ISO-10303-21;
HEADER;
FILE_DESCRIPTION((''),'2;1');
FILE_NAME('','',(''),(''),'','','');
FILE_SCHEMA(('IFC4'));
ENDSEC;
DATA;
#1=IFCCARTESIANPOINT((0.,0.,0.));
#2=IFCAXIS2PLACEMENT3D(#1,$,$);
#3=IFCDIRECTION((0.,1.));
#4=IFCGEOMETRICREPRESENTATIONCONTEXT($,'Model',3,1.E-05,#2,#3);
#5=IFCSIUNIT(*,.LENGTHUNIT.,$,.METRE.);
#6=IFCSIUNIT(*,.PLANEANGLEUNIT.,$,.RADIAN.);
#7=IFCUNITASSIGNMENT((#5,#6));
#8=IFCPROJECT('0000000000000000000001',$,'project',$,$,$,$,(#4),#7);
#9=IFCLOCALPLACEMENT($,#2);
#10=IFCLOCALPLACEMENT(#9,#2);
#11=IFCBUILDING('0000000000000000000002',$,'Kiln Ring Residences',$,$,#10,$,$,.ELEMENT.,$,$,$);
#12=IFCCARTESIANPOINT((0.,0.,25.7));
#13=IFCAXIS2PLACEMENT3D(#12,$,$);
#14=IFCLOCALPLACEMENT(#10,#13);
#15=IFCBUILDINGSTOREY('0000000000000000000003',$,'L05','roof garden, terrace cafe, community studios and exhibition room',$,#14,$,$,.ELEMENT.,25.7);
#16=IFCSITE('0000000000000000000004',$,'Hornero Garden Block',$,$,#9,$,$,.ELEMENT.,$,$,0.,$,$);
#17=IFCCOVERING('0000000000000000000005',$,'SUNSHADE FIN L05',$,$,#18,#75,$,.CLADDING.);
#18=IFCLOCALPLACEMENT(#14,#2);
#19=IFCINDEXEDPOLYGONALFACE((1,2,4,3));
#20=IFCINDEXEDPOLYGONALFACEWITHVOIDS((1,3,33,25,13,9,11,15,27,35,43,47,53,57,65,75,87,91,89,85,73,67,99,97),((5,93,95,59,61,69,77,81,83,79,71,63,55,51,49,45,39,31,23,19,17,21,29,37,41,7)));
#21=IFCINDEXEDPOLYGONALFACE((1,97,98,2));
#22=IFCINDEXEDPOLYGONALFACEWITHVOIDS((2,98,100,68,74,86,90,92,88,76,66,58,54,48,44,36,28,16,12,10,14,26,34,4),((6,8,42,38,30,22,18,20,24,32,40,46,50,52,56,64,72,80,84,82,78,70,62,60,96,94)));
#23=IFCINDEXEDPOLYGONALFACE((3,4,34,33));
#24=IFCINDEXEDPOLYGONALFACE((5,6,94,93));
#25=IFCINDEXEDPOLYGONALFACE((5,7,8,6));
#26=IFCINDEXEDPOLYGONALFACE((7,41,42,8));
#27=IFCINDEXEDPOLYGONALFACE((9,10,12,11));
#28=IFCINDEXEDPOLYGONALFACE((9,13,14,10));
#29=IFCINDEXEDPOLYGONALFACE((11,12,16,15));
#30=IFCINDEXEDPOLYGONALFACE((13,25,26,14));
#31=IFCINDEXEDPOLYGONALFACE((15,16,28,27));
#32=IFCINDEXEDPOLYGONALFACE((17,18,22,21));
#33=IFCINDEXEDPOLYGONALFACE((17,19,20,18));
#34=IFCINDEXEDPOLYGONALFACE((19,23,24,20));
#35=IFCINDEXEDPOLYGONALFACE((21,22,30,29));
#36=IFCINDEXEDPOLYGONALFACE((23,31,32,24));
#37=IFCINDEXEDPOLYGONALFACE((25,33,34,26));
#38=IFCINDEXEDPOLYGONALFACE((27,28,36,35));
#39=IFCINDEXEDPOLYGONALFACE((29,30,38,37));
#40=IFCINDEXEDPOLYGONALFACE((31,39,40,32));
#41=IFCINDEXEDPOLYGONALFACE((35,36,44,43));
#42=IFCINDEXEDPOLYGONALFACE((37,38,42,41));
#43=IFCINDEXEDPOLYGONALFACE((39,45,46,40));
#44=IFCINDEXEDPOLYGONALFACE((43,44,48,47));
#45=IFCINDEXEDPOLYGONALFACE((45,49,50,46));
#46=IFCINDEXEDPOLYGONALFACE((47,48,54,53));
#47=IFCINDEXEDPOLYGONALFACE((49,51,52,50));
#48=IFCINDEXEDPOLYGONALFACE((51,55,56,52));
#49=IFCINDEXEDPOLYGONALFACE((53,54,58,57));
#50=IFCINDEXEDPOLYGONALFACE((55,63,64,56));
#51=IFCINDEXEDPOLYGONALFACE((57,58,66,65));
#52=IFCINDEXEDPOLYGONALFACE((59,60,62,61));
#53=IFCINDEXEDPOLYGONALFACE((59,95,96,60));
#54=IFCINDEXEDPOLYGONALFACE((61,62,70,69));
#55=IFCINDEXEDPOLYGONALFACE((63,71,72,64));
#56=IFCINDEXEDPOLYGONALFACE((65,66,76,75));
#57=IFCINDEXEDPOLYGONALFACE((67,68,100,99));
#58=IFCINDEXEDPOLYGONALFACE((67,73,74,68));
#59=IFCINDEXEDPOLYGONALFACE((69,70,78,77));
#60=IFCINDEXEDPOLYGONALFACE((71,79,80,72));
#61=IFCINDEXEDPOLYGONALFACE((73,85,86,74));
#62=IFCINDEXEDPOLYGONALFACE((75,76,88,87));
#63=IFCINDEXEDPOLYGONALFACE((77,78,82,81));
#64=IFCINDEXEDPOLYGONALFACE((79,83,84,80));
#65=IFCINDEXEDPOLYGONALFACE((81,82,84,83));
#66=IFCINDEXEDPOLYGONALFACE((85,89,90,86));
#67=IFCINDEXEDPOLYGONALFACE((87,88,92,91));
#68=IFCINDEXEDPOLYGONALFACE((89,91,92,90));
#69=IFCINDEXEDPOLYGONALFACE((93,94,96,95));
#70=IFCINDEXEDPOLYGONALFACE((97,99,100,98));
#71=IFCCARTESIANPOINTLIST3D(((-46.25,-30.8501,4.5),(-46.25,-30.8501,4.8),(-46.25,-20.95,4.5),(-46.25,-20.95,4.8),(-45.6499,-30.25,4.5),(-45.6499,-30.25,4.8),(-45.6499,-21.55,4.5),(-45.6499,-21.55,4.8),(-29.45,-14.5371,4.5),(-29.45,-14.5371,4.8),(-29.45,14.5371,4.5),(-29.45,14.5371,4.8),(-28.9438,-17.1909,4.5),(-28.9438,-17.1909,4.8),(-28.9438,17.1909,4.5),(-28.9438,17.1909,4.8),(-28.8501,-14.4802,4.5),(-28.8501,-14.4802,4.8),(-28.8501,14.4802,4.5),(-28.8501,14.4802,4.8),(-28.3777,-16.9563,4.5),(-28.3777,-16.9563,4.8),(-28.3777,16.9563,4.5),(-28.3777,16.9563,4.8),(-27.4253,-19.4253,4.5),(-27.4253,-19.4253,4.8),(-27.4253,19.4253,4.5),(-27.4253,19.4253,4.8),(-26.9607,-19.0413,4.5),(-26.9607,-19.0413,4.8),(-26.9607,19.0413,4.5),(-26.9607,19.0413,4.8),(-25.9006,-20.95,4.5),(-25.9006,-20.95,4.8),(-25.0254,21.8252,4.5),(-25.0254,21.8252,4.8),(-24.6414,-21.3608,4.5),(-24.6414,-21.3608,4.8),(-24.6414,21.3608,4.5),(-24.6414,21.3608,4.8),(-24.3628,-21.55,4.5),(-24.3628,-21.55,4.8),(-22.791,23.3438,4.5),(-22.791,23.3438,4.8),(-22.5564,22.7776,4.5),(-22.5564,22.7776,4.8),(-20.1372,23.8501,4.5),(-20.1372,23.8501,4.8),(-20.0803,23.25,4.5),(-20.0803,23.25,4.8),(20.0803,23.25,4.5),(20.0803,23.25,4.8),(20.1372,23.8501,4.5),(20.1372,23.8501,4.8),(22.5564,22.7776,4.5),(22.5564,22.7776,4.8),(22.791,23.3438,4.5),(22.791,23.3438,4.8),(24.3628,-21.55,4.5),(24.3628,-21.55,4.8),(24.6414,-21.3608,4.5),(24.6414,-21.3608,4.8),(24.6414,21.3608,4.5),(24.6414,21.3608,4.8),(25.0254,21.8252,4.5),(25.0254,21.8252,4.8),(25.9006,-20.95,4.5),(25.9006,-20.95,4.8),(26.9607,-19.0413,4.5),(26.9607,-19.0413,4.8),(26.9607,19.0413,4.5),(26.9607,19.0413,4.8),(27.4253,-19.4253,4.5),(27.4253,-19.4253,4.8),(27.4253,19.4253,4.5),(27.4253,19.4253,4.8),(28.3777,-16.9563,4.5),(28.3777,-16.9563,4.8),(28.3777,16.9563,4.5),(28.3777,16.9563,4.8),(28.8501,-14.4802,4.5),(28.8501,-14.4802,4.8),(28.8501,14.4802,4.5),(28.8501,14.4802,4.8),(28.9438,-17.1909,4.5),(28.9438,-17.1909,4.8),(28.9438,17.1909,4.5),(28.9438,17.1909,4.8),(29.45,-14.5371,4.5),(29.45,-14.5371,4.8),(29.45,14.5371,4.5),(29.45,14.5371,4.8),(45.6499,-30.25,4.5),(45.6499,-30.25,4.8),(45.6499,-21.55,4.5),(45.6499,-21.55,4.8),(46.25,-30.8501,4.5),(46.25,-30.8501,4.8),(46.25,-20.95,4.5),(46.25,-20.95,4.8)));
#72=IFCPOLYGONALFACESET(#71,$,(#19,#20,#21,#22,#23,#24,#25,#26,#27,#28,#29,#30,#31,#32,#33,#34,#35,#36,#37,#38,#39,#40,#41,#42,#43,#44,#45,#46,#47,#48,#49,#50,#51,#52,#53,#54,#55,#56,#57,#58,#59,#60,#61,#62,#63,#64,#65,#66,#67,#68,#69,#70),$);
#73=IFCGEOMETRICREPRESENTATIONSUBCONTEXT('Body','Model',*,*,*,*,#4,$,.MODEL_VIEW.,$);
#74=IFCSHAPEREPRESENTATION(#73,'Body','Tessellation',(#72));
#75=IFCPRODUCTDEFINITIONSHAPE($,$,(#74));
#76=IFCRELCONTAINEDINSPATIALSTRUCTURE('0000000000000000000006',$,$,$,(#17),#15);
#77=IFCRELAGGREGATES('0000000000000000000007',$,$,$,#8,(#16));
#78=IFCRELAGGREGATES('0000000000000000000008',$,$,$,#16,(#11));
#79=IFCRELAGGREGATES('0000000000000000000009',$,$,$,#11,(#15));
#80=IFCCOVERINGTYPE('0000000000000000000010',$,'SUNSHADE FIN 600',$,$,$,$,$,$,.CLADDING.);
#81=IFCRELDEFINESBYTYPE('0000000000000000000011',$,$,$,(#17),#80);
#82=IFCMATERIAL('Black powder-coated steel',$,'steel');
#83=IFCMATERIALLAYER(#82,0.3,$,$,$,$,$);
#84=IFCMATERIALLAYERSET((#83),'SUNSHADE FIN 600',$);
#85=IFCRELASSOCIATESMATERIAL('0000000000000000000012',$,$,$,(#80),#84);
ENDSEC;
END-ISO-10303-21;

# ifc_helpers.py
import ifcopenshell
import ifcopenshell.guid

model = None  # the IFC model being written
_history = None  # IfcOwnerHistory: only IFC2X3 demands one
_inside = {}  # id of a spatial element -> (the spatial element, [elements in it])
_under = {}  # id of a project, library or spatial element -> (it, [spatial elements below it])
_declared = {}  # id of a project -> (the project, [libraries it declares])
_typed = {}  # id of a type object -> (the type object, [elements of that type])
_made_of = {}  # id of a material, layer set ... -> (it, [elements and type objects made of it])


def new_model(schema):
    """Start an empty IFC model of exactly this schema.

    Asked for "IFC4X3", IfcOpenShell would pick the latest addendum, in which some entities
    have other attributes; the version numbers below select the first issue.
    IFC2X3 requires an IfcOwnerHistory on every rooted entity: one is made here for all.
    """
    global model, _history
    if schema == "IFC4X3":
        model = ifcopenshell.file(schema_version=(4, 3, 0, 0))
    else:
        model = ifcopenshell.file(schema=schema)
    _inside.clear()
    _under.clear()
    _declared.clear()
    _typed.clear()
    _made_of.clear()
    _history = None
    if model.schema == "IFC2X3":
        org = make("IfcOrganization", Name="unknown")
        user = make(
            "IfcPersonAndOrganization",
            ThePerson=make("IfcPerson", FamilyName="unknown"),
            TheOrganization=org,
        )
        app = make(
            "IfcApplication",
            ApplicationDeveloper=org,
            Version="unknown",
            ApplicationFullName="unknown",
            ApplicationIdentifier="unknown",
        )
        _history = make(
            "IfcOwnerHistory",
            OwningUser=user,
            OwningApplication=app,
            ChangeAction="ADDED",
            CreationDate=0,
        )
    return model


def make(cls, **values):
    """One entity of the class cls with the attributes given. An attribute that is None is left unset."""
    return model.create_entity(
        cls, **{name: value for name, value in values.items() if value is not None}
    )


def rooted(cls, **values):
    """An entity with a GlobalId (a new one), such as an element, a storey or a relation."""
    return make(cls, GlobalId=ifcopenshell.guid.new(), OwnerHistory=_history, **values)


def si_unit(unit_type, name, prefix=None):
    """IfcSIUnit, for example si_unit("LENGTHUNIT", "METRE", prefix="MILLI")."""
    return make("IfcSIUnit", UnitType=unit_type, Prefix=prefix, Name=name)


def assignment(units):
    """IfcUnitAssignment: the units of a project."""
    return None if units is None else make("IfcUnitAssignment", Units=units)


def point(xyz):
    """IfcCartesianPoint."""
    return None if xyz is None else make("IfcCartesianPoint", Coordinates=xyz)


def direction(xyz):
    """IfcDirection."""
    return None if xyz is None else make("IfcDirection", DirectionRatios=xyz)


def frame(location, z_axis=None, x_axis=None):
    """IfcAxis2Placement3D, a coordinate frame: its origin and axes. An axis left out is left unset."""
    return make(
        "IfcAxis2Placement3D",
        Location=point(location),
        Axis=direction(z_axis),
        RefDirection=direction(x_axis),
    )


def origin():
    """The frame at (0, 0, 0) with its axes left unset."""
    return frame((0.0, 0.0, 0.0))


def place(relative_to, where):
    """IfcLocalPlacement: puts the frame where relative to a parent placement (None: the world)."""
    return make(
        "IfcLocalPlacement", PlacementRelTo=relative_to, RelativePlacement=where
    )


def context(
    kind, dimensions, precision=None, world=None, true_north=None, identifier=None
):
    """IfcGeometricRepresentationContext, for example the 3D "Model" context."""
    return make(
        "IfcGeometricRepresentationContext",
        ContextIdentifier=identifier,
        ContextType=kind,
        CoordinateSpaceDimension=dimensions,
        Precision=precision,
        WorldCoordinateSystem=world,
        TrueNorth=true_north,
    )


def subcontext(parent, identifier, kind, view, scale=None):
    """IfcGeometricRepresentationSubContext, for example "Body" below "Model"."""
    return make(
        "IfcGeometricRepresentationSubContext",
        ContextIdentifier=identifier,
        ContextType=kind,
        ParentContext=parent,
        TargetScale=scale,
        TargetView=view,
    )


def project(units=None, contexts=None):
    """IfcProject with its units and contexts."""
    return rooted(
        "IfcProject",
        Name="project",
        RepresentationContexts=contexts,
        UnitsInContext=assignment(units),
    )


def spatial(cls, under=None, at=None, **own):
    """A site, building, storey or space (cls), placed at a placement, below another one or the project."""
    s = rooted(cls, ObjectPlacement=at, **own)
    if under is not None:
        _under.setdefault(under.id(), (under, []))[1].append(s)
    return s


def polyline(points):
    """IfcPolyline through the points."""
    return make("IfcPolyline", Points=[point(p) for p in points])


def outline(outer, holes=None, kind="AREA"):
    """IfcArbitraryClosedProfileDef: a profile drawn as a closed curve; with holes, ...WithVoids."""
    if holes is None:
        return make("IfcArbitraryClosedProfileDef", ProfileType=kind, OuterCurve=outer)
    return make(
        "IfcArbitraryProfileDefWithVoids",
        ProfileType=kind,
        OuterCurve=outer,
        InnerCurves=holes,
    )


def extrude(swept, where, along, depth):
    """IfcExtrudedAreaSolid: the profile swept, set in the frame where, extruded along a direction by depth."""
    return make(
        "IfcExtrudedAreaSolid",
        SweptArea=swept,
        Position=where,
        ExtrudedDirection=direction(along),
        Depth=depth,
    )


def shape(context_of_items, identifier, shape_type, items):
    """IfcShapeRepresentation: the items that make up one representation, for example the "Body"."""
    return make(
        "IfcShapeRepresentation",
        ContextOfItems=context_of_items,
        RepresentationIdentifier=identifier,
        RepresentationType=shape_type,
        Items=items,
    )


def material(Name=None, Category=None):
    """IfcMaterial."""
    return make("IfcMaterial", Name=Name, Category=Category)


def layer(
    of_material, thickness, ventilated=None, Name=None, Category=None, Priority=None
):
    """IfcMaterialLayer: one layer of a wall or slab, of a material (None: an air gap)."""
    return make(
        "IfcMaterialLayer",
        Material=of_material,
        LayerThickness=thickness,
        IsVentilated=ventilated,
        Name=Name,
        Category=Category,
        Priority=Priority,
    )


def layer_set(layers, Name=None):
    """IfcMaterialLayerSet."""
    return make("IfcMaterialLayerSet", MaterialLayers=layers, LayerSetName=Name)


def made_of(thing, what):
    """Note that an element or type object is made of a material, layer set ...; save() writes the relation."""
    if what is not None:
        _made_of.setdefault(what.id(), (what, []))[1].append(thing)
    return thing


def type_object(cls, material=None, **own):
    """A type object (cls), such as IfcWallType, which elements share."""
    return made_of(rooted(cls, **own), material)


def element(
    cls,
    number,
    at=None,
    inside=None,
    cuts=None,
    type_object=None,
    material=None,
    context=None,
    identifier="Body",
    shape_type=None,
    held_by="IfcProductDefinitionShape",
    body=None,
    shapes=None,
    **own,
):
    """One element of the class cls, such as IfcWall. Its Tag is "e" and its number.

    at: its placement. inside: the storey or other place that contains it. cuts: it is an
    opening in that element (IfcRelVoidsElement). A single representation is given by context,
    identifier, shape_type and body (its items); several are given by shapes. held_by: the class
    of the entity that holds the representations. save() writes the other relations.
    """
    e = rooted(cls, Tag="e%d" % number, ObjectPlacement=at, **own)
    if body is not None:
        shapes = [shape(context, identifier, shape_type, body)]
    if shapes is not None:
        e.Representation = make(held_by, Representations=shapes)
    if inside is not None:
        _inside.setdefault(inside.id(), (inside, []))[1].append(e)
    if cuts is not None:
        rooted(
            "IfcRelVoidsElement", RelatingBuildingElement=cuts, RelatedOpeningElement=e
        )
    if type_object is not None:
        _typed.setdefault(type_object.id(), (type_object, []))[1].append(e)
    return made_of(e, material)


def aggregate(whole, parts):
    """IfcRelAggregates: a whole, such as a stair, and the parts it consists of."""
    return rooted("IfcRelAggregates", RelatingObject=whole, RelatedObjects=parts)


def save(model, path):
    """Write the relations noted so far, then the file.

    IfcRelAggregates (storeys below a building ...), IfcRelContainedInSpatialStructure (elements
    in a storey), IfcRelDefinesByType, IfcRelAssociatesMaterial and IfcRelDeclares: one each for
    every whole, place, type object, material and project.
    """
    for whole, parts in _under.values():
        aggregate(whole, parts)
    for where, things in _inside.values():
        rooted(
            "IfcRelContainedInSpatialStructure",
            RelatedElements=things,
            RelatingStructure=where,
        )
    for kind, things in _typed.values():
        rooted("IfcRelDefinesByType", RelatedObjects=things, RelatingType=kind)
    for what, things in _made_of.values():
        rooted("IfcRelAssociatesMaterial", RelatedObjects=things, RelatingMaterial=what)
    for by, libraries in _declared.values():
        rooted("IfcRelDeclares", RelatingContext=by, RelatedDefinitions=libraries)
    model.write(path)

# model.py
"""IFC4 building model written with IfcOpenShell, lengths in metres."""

from ifc_helpers import new_model, si_unit, direction, frame, origin, place, context, subcontext, project, spatial, polyline, outline, extrude, material, layer, layer_set, type_object, element, save


model = new_model("IFC4")

# Units and contexts
model_context = context("Model", 3, precision=1e-05, world=origin(), true_north=direction((0.0, 1.0)))
body_context = subcontext(model_context, "Body", "Model", "MODEL_VIEW")
ifc_project = project(units=[si_unit("LENGTHUNIT", "METRE"), si_unit("PLANEANGLEUNIT", "RADIAN")], contexts=[model_context])

# Site, building, storey
site_placement = place(None, origin())
site = spatial("IfcSite", under=ifc_project, at=site_placement, Name="Hornero Garden Block", CompositionType="ELEMENT", RefElevation=0.0)
building_placement = place(site_placement, origin())
building = spatial("IfcBuilding", under=site, at=building_placement, Name="Kiln Ring Residences", CompositionType="ELEMENT")
storey_placement = place(building_placement, frame((0.0, 0.0, 25.7)))
storey = spatial("IfcBuildingStorey", under=building, at=storey_placement, Name="L05", Description="roof garden, terrace cafe, community studios and exhibition room", CompositionType="ELEMENT", Elevation=25.7)

# Covering
ifc_material_1 = material(Name="Black powder-coated steel", Category="steel")
ifc_layer_1 = layer(ifc_material_1, 0.3)
ifc_layer_set_1 = layer_set([ifc_layer_1], Name="SUNSHADE FIN 600")
covering_type_1 = type_object("IfcCoveringType", Name="SUNSHADE FIN 600", PredefinedType="CLADDING", material=ifc_layer_set_1)
covering_1_placement = place(storey_placement, frame((0.0, 0.0, 4.5)))
element("IfcCovering", 1, at=covering_1_placement, inside=storey, type_object=covering_type_1, Name="SUNSHADE FIN L05", PredefinedType="CLADDING", context=body_context, shape_type="SweptSolid", body=[
    extrude(outline(polyline([(-27.4253, -19.4253), (-25.9006, -20.95), (-46.25, -20.95), (-46.25, -30.8501), (46.25, -30.8501), (46.25, -20.95), (25.9006, -20.95), (27.4253, -19.4253), (28.9438, -17.1909), (29.45, -14.5371), (29.45, 14.5371), (28.9438, 17.1909), (27.4253, 19.4253), (25.0254, 21.8252), (22.791, 23.3438), (20.1372, 23.8501), (-20.1372, 23.8501), (-22.791, 23.3438), (-25.0254, 21.8252), (-27.4253, 19.4253), (-28.9438, 17.1909), (-29.45, 14.5371), (-29.45, -14.5371), (-28.9438, -17.1909), (-27.4253, -19.4253)]), holes=[polyline([(-45.6499, -21.55), (-24.3628, -21.55), (-24.6414, -21.3608), (-26.9607, -19.0413), (-28.3777, -16.9563), (-28.8501, -14.4802), (-28.8501, 14.4802), (-28.3777, 16.9563), (-26.9607, 19.0413), (-24.6414, 21.3608), (-22.5564, 22.7776), (-20.0803, 23.25), (20.0803, 23.25), (22.5564, 22.7776), (24.6414, 21.3608), (26.9607, 19.0413), (28.3777, 16.9563), (28.8501, 14.4802), (28.8501, -14.4802), (28.3777, -16.9563), (26.9607, -19.0413), (24.6414, -21.3608), (24.3628, -21.55), (45.6499, -21.55), (45.6499, -30.25), (-45.6499, -30.25), (-45.6499, -21.55)])]), origin(), (0.0, 0.0, 1.0), 0.3),
])

save(model, "model.ifc")
